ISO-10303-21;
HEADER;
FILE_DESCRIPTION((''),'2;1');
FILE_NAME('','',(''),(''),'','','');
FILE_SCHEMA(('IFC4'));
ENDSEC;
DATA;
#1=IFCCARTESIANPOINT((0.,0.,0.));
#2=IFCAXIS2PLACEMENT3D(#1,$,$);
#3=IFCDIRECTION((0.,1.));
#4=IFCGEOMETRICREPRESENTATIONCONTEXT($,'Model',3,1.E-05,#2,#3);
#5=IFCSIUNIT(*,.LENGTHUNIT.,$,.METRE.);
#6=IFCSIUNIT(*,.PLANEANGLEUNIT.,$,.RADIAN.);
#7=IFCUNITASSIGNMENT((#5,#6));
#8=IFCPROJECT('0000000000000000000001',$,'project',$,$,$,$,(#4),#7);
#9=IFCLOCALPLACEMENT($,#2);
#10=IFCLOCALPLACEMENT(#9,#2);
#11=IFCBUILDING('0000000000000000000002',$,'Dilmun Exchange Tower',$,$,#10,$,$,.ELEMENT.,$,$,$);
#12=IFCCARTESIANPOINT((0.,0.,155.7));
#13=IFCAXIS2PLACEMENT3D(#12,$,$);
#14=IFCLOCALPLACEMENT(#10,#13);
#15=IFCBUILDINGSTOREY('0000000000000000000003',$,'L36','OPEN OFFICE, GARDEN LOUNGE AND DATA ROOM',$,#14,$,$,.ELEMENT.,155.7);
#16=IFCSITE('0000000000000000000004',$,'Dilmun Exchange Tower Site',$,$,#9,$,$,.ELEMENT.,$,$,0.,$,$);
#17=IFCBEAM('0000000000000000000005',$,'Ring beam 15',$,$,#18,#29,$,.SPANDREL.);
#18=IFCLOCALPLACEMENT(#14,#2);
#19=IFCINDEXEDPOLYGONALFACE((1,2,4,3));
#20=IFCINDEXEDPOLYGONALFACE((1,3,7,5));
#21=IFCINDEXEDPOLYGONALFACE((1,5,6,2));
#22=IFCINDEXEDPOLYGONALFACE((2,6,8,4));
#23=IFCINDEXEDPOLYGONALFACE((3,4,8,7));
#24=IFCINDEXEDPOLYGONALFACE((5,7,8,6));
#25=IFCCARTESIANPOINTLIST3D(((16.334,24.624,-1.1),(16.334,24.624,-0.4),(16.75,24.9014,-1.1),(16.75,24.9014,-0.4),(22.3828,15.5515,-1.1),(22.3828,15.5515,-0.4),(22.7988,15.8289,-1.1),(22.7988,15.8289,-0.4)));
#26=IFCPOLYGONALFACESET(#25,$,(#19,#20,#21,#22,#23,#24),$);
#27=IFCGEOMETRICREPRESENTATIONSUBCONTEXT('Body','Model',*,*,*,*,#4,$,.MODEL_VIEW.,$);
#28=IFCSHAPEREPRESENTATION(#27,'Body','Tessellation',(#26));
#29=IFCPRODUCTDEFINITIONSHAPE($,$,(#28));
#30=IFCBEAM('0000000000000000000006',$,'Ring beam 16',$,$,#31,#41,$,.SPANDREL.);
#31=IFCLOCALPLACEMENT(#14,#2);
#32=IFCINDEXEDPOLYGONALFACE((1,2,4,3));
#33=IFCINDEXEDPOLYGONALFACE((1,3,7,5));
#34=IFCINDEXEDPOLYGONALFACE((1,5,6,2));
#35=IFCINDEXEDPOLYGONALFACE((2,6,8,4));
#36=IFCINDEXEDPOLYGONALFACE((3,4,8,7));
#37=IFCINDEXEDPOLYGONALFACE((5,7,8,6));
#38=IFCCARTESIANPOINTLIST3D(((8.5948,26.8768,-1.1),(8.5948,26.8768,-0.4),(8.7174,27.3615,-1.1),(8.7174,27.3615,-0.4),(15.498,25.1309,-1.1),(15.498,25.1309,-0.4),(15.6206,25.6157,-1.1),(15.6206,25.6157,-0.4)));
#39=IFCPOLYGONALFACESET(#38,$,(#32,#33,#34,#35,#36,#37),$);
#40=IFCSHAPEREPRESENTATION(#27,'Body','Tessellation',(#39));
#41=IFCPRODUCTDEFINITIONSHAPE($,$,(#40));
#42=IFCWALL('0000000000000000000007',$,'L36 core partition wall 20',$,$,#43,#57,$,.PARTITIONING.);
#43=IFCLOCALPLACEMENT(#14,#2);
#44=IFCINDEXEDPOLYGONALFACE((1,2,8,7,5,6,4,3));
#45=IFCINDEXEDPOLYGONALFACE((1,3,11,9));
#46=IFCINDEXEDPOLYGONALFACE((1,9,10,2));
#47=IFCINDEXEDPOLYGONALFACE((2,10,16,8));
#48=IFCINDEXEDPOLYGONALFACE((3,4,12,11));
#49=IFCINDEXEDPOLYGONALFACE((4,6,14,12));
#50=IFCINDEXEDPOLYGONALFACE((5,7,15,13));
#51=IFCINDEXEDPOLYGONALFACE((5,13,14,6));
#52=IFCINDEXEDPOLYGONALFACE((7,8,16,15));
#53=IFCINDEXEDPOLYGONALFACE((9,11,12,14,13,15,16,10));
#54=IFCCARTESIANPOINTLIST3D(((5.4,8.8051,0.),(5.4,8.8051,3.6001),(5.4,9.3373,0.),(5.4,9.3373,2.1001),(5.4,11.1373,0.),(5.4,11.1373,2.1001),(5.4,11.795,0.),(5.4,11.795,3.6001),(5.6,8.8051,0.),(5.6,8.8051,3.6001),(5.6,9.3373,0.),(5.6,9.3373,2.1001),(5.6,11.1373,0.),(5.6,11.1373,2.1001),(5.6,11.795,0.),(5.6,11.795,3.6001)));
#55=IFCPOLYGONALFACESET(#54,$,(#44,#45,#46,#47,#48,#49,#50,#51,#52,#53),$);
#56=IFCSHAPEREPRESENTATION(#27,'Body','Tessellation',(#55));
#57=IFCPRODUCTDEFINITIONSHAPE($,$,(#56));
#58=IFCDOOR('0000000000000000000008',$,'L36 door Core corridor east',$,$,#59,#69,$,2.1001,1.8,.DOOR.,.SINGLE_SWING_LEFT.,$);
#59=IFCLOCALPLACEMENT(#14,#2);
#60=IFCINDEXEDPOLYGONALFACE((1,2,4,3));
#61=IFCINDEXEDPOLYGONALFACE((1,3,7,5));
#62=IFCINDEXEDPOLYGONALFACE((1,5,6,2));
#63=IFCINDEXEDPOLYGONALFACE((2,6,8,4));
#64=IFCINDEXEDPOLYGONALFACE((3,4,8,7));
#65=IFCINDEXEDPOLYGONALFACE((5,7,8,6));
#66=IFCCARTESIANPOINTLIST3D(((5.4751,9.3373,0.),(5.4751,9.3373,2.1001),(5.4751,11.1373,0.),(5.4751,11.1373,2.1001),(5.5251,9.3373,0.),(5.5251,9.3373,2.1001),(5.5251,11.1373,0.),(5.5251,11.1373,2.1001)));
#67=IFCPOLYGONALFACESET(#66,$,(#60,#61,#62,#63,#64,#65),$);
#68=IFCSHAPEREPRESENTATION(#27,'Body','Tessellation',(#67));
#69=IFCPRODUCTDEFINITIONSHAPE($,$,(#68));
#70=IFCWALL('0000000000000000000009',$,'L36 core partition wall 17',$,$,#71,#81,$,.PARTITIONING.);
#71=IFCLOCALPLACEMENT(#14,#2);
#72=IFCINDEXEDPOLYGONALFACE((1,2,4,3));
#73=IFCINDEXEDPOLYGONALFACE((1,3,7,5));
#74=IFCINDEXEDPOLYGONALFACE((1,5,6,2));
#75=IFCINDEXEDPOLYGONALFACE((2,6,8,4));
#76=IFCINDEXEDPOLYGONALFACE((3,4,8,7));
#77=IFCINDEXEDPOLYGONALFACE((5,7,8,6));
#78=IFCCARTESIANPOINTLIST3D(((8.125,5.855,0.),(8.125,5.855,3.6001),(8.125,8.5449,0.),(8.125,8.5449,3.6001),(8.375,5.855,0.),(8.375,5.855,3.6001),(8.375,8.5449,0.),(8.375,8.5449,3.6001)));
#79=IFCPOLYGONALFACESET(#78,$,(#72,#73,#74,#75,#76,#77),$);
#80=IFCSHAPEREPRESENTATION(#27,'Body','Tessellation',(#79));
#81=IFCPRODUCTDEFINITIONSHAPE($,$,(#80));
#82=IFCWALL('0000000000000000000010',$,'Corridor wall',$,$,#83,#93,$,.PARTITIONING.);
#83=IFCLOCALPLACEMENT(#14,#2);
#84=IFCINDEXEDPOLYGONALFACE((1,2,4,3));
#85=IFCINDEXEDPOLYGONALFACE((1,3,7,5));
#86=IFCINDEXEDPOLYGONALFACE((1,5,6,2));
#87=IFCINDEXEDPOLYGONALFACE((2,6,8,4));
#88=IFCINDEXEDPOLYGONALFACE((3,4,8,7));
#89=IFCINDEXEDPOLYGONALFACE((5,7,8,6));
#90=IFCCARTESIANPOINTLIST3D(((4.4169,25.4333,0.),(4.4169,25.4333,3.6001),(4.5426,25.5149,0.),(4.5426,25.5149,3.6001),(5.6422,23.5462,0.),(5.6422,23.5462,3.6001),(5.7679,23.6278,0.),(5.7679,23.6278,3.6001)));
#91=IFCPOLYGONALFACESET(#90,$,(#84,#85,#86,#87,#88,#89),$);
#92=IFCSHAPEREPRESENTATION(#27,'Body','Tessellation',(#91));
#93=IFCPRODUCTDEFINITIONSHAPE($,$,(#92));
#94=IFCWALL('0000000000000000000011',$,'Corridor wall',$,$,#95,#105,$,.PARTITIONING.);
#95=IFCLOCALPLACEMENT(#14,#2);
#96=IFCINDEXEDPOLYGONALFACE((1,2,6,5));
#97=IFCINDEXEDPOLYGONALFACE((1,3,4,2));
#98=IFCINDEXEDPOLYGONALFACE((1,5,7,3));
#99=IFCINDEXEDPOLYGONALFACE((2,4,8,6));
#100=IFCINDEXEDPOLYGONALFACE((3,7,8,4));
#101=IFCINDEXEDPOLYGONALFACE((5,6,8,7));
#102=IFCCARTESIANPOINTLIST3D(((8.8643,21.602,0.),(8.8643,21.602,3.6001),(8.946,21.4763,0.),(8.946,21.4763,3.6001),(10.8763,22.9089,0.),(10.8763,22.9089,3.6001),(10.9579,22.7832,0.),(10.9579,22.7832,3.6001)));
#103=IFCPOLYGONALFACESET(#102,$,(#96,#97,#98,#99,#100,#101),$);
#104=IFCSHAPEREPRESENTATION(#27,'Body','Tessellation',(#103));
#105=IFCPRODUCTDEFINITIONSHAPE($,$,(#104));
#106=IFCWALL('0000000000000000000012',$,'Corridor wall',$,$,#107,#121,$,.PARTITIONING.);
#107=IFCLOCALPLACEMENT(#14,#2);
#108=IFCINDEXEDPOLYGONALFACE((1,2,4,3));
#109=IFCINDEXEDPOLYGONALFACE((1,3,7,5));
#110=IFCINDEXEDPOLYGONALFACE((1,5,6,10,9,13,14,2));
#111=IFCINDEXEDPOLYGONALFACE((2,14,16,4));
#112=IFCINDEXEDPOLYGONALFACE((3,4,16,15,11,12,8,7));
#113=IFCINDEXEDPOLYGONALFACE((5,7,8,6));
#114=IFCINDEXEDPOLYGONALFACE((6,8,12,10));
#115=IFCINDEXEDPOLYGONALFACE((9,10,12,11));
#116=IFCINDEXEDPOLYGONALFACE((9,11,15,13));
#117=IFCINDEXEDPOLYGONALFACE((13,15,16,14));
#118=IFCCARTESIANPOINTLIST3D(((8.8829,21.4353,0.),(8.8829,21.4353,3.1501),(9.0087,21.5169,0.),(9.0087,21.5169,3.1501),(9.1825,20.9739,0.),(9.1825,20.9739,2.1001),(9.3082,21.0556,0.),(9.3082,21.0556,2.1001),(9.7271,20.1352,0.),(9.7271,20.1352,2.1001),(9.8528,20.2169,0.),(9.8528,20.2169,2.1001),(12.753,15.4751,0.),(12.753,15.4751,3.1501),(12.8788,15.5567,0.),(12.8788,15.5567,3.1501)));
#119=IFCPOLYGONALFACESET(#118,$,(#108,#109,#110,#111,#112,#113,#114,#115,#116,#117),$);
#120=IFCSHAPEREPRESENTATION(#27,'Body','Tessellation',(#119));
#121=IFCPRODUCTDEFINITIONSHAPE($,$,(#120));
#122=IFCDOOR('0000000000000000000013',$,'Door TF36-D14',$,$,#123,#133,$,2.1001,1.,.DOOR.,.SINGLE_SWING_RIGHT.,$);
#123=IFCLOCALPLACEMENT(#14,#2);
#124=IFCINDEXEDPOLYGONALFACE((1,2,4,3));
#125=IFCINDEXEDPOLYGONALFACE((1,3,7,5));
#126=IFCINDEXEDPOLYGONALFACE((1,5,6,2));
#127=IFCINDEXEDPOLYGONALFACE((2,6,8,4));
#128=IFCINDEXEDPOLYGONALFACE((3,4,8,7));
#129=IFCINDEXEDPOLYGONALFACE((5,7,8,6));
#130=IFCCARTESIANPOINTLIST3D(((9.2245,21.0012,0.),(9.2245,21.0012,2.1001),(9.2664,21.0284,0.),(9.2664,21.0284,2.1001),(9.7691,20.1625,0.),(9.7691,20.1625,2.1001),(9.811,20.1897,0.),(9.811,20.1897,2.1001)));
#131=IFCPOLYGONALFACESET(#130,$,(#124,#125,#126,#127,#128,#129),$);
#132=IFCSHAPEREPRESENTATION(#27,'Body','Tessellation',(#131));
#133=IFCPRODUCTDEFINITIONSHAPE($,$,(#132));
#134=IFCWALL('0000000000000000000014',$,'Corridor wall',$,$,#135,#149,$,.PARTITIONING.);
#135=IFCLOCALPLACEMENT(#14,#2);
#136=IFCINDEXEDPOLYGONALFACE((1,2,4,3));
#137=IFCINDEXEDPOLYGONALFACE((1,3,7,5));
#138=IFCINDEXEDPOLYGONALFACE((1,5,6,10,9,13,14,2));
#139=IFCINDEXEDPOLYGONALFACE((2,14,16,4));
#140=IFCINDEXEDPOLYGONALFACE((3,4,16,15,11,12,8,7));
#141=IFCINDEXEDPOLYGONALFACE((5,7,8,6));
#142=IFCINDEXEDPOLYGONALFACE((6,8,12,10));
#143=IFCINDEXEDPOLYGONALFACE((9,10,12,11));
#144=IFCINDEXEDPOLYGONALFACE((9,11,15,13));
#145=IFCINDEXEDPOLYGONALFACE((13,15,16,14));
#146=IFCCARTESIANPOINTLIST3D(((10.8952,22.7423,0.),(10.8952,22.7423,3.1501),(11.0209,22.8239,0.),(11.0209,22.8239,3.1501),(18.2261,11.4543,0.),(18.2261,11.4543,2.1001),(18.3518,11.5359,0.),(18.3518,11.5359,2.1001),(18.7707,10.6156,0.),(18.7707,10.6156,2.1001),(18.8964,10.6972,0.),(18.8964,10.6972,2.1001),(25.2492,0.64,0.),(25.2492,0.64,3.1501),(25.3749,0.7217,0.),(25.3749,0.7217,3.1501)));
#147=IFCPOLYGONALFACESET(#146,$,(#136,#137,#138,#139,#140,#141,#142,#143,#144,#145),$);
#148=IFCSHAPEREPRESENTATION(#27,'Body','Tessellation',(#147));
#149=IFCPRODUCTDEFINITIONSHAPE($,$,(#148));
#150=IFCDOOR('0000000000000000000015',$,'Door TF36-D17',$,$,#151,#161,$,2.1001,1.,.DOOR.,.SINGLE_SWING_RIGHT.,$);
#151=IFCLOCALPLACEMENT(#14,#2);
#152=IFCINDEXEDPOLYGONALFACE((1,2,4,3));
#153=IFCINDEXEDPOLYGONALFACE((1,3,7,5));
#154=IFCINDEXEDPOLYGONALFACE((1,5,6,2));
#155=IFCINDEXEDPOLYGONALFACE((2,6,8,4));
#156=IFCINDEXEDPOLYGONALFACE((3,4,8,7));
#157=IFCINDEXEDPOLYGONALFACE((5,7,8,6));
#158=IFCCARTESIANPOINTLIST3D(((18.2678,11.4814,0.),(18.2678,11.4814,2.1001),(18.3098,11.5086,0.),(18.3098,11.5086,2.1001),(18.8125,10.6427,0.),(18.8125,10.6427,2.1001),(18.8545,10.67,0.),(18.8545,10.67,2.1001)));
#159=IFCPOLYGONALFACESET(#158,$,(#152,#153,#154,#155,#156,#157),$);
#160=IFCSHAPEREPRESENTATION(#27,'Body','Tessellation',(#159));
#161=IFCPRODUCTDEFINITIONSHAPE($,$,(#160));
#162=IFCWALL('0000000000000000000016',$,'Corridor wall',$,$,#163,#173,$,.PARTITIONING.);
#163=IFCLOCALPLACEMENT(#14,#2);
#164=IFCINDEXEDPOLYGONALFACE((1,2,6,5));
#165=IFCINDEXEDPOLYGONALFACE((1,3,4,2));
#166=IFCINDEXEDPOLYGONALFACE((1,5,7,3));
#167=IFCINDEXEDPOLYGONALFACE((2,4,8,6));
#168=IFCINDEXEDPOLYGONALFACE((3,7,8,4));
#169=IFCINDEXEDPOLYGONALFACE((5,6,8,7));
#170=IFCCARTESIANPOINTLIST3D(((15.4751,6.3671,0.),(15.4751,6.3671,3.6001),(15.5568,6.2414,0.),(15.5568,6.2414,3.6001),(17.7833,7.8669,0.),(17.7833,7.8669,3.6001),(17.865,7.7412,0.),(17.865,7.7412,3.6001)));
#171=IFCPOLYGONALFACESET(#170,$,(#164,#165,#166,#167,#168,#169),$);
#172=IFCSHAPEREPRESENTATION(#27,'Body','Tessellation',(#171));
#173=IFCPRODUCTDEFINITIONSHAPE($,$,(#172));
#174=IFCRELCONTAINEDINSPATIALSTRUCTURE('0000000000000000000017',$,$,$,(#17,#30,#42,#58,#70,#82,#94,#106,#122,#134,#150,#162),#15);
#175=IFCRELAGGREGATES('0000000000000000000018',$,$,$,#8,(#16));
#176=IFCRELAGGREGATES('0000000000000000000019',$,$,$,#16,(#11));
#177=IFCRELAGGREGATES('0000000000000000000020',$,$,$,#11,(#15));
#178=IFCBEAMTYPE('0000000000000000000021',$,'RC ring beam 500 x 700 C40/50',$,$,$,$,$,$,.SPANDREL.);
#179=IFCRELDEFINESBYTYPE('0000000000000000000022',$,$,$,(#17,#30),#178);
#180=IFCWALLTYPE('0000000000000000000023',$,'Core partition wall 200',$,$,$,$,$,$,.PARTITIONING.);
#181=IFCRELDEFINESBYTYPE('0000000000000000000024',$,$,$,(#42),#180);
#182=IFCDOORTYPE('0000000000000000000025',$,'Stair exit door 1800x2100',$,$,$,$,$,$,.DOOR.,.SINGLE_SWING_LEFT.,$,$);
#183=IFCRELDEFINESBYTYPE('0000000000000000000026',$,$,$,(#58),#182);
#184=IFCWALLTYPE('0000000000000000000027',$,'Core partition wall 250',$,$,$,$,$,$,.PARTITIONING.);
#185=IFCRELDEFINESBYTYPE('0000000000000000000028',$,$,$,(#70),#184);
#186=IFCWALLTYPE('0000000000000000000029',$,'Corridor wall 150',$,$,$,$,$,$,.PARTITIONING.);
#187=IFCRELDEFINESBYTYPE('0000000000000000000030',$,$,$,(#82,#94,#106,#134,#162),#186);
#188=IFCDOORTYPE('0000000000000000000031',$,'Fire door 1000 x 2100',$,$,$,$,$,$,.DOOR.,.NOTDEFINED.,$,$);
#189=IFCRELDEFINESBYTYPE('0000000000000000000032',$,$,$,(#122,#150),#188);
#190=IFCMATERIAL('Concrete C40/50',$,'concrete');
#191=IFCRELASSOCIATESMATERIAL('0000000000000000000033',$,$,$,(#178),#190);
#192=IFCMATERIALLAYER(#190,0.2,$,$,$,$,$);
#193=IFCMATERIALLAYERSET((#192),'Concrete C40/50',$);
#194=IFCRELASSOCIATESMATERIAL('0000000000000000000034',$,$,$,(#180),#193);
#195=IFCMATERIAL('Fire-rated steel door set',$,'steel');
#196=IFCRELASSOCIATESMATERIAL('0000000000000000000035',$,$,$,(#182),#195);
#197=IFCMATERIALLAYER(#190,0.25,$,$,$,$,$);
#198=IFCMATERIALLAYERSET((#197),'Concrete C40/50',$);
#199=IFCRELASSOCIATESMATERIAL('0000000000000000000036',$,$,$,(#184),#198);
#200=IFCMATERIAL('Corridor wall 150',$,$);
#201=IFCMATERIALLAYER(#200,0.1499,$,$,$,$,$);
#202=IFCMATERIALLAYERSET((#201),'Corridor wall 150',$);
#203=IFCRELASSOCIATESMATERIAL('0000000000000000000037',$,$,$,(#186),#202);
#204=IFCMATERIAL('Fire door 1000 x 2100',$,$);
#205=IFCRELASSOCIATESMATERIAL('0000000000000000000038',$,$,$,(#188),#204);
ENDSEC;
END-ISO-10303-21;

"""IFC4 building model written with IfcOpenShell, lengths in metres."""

from ifc_helpers import new_model, si_unit, direction, frame, frame_2d, origin, origin_2d, place, context, subcontext, project, spatial, rectangle, extrude, material, layer, layer_set, material_profile, profile_set, type_object, element, fill, save


model = new_model("IFC4")

# Units and contexts
model_context = context("Model", 3, precision=1e-05, world=origin(), true_north=direction((0.0, 1.0)))
body_context = subcontext(model_context, "Body", "Model", "MODEL_VIEW")
ifc_project = project(units=[si_unit("LENGTHUNIT", "METRE"), si_unit("PLANEANGLEUNIT", "RADIAN")], contexts=[model_context])

# Site, building, storey
site_placement = place(None, origin())
site = spatial("IfcSite", under=ifc_project, at=site_placement, Name="Dilmun Exchange Tower Site", CompositionType="ELEMENT", RefElevation=0.0)
building_placement = place(site_placement, origin())
building = spatial("IfcBuilding", under=site, at=building_placement, Name="Dilmun Exchange Tower", CompositionType="ELEMENT")
storey_placement = place(building_placement, frame((0.0, 0.0, 155.7)))
storey = spatial("IfcBuildingStorey", under=building, at=storey_placement, Name="L36", Description="OPEN OFFICE, GARDEN LOUNGE AND DATA ROOM", CompositionType="ELEMENT", Elevation=155.7)

# Beams
ifc_material_1 = material(Name="Concrete C40/50", Category="concrete")
ifc_material_profile_1 = material_profile(ifc_material_1, rectangle(XDim=0.5, YDim=0.7, at=origin_2d()), Name="500 x 700")
ifc_profile_set_1 = profile_set([ifc_material_profile_1], Name="Concrete C40/50")
beam_type_1 = type_object("IfcBeamType", Name="RC ring beam 500 x 700 C40/50", PredefinedType="SPANDREL", material=ifc_profile_set_1)
beam_1_placement = place(storey_placement, frame((22.5908, 15.6902, -0.75), z_axis=(-0.554731, 0.83203, 0.0), x_axis=(-0.83203, -0.554731, 0.0)))
element("IfcBeam", 1, at=beam_1_placement, inside=storey, type_object=beam_type_1, Name="Ring beam 15", PredefinedType="SPANDREL", context=body_context, shape_type="SweptSolid", body=[
    extrude(rectangle(XDim=0.5, YDim=0.7, at=origin_2d()), origin(), (0.0, 0.0, 1.0), 10.9041),
])
beam_2_placement = place(storey_placement, frame((15.5593, 25.3733, -0.75), z_axis=(-0.969477, 0.245181, 0.0), x_axis=(-0.245181, -0.969477, 0.0)))
element("IfcBeam", 2, at=beam_2_placement, inside=storey, type_object=beam_type_1, Name="Ring beam 16", PredefinedType="SPANDREL", context=body_context, shape_type="SweptSolid", body=[
    extrude(rectangle(XDim=0.5, YDim=0.7, at=origin_2d()), origin(), (0.0, 0.0, 1.0), 7.1206),
])

# Wall, opening, door
ifc_layer_1 = layer(ifc_material_1, 0.2)
ifc_layer_set_1 = layer_set([ifc_layer_1], Name="Concrete C40/50")
wall_type_1 = type_object("IfcWallType", Name="Core partition wall 200", PredefinedType="PARTITIONING", material=ifc_layer_set_1)
wall_1_placement = place(storey_placement, frame((5.5, 8.8049, 0.0), z_axis=(0.0, 0.0, 1.0), x_axis=(0.0, 1.0, 0.0)))
wall_1 = element("IfcWall", 3, at=wall_1_placement, inside=storey, type_object=wall_type_1, Name="L36 core partition wall 20", PredefinedType="PARTITIONING", context=body_context, shape_type="SweptSolid", body=[
    extrude(rectangle(XDim=2.99, YDim=0.2, at=frame_2d((1.4951, 0.0))), origin(), (0.0, 0.0, 1.0), 3.6001),
])
opening_1_placement = place(wall_1_placement, frame((0.5325, 0.0, 0.0)))
opening_1 = element("IfcOpeningElement", 4, at=opening_1_placement, cuts=wall_1, PredefinedType="OPENING", context=body_context, shape_type="SweptSolid", body=[
    extrude(rectangle(XDim=1.8, YDim=2.1001, at=frame_2d((0.8999, 1.05))), frame((0.0, 0.1099, 0.0), z_axis=(0.0, -1.0, 0.0), x_axis=(1.0, 0.0, 0.0)), (0.0, 0.0, 1.0), 0.22),
])
ifc_material_2 = material(Name="Fire-rated steel door set", Category="steel")
door_type_1 = type_object("IfcDoorType", Name="Stair exit door 1800x2100", OperationType="SINGLE_SWING_LEFT", PredefinedType="DOOR", material=ifc_material_2)
door_1_placement = place(opening_1_placement, origin())
door_1 = element("IfcDoor", 5, at=door_1_placement, inside=storey, type_object=door_type_1, Name="L36 door Core corridor east", OperationType="SINGLE_SWING_LEFT", OverallHeight=2.1001, OverallWidth=1.8, PredefinedType="DOOR", context=body_context, shape_type="SweptSolid", body=[
    extrude(rectangle(XDim=1.8, YDim=2.1001, at=frame_2d((0.8999, 1.05))), frame((0.0, 0.0249, 0.0), z_axis=(0.0, -1.0, 0.0), x_axis=(1.0, 0.0, 0.0)), (0.0, 0.0, 1.0), 0.05),
])
fill(opening_1, door_1)

# Walls
ifc_layer_2 = layer(ifc_material_1, 0.25)
ifc_layer_set_2 = layer_set([ifc_layer_2], Name="Concrete C40/50")
wall_type_2 = type_object("IfcWallType", Name="Core partition wall 250", PredefinedType="PARTITIONING", material=ifc_layer_set_2)
wall_2_placement = place(storey_placement, frame((8.25, 5.855, 0.0), z_axis=(0.0, 0.0, 1.0), x_axis=(0.0, 1.0, 0.0)))
element("IfcWall", 6, at=wall_2_placement, inside=storey, type_object=wall_type_2, Name="L36 core partition wall 17", PredefinedType="PARTITIONING", context=body_context, shape_type="SweptSolid", body=[
    extrude(rectangle(XDim=2.6899, YDim=0.25, at=frame_2d((1.345, 0.0))), origin(), (0.0, 0.0, 1.0), 3.6001),
])
ifc_material_3 = material(Name="Corridor wall 150")
ifc_layer_3 = layer(ifc_material_3, 0.1499)
ifc_layer_set_3 = layer_set([ifc_layer_3], Name="Corridor wall 150")
wall_type_3 = type_object("IfcWallType", Name="Corridor wall 150", PredefinedType="PARTITIONING", material=ifc_layer_set_3)
wall_3_placement = place(storey_placement, frame((4.4797, 25.4741, 0.0), z_axis=(0.0, 0.0, 1.0), x_axis=(0.544569, -0.838716, 0.0)))
element("IfcWall", 7, at=wall_3_placement, inside=storey, type_object=wall_type_3, Name="Corridor wall", PredefinedType="PARTITIONING", context=body_context, shape_type="SweptSolid", body=[
    extrude(rectangle(XDim=2.25, YDim=0.1499, at=frame_2d((1.125, 0.0))), origin(), (0.0, 0.0, 1.0), 3.6001),
])
wall_4_placement = place(storey_placement, frame((8.905, 21.5391, 0.0), z_axis=(0.0, 0.0, 1.0), x_axis=(0.838613, 0.544727, 0.0)))
element("IfcWall", 8, at=wall_4_placement, inside=storey, type_object=wall_type_3, Name="Corridor wall", PredefinedType="PARTITIONING", context=body_context, shape_type="SweptSolid", body=[
    extrude(rectangle(XDim=2.3992, YDim=0.1499, at=frame_2d((1.1997, 0.0))), origin(), (0.0, 0.0, 1.0), 3.6001),
])

# Walls, openings, doors
wall_5_placement = place(storey_placement, frame((8.9458, 21.4761, 0.0), z_axis=(0.0, 0.0, 1.0), x_axis=(0.544591, -0.838702, 0.0)))
wall_5 = element("IfcWall", 9, at=wall_5_placement, inside=storey, type_object=wall_type_3, Name="Corridor wall", PredefinedType="PARTITIONING", context=body_context, shape_type="SweptSolid", body=[
    extrude(rectangle(XDim=7.1064, YDim=0.1499, at=frame_2d((3.5532, 0.0))), origin(), (0.0, 0.0, 1.0), 3.1501),
])
opening_2_placement = place(wall_5_placement, frame((0.55, 0.0, 0.0)))
opening_2 = element("IfcOpeningElement", 10, at=opening_2_placement, cuts=wall_5, PredefinedType="OPENING", context=body_context, shape_type="SweptSolid", body=[
    extrude(rectangle(XDim=1.0, YDim=2.1001, at=frame_2d((0.5, 1.05))), frame((0.0, 0.085, 0.0), z_axis=(0.0, -1.0, 0.0), x_axis=(1.0, 0.0, 0.0)), (0.0, 0.0, 1.0), 0.1699),
])
ifc_material_4 = material(Name="Fire door 1000 x 2100")
door_type_2 = type_object("IfcDoorType", Name="Fire door 1000 x 2100", OperationType="NOTDEFINED", PredefinedType="DOOR", material=ifc_material_4)
door_2_placement = place(opening_2_placement, frame((1.0, 0.0, 0.0), z_axis=(0.0, 0.0, 1.0), x_axis=(-1.0, 0.0, 0.0)))
door_2 = element("IfcDoor", 11, at=door_2_placement, inside=storey, type_object=door_type_2, Name="Door TF36-D14", OperationType="SINGLE_SWING_RIGHT", OverallHeight=2.1001, OverallWidth=1.0, PredefinedType="DOOR", context=body_context, shape_type="SweptSolid", body=[
    extrude(rectangle(XDim=1.0, YDim=2.1001, at=frame_2d((0.5, 1.05))), frame((0.0, 0.0249, 0.0), z_axis=(0.0, -1.0, 0.0), x_axis=(1.0, 0.0, 0.0)), (0.0, 0.0, 1.0), 0.05),
])
fill(opening_2, door_2)
wall_6_placement = place(storey_placement, frame((10.958, 22.7832, 0.0), z_axis=(0.0, 0.0, 1.0), x_axis=(0.544655, -0.83866, 0.0)))
wall_6 = element("IfcWall", 12, at=wall_6_placement, inside=storey, type_object=wall_type_3, Name="Corridor wall", PredefinedType="PARTITIONING", context=body_context, shape_type="SweptSolid", body=[
    extrude(rectangle(XDim=26.3542, YDim=0.1499, at=frame_2d((13.1772, 0.0))), origin(), (0.0, 0.0, 1.0), 3.1501),
])
opening_3_placement = place(wall_6_placement, frame((13.4597, 0.0, 0.0)))
opening_3 = element("IfcOpeningElement", 13, at=opening_3_placement, cuts=wall_6, PredefinedType="OPENING", context=body_context, shape_type="SweptSolid", body=[
    extrude(rectangle(XDim=1.0, YDim=2.1001, at=frame_2d((0.5, 1.05))), frame((0.0, 0.085, 0.0), z_axis=(0.0, -1.0, 0.0), x_axis=(1.0, 0.0, 0.0)), (0.0, 0.0, 1.0), 0.1699),
])
door_3_placement = place(opening_3_placement, origin())
door_3 = element("IfcDoor", 14, at=door_3_placement, inside=storey, type_object=door_type_2, Name="Door TF36-D17", OperationType="SINGLE_SWING_RIGHT", OverallHeight=2.1001, OverallWidth=1.0, PredefinedType="DOOR", context=body_context, shape_type="SweptSolid", body=[
    extrude(rectangle(XDim=1.0, YDim=2.1001, at=frame_2d((0.5, 1.05))), frame((0.0, 0.0249, 0.0), z_axis=(0.0, -1.0, 0.0), x_axis=(1.0, 0.0, 0.0)), (0.0, 0.0, 1.0), 0.05),
])
fill(opening_3, door_3)

# Wall
wall_7_placement = place(storey_placement, frame((15.5159, 6.3042, 0.0), z_axis=(0.0, 0.0, 1.0), x_axis=(0.838529, 0.544857, 0.0)))
element("IfcWall", 15, at=wall_7_placement, inside=storey, type_object=wall_type_3, Name="Corridor wall", PredefinedType="PARTITIONING", context=body_context, shape_type="SweptSolid", body=[
    extrude(rectangle(XDim=2.7527, YDim=0.1499, at=frame_2d((1.3765, 0.0))), origin(), (0.0, 0.0, 1.0), 3.6001),
])

save(model, "model.ifc")
